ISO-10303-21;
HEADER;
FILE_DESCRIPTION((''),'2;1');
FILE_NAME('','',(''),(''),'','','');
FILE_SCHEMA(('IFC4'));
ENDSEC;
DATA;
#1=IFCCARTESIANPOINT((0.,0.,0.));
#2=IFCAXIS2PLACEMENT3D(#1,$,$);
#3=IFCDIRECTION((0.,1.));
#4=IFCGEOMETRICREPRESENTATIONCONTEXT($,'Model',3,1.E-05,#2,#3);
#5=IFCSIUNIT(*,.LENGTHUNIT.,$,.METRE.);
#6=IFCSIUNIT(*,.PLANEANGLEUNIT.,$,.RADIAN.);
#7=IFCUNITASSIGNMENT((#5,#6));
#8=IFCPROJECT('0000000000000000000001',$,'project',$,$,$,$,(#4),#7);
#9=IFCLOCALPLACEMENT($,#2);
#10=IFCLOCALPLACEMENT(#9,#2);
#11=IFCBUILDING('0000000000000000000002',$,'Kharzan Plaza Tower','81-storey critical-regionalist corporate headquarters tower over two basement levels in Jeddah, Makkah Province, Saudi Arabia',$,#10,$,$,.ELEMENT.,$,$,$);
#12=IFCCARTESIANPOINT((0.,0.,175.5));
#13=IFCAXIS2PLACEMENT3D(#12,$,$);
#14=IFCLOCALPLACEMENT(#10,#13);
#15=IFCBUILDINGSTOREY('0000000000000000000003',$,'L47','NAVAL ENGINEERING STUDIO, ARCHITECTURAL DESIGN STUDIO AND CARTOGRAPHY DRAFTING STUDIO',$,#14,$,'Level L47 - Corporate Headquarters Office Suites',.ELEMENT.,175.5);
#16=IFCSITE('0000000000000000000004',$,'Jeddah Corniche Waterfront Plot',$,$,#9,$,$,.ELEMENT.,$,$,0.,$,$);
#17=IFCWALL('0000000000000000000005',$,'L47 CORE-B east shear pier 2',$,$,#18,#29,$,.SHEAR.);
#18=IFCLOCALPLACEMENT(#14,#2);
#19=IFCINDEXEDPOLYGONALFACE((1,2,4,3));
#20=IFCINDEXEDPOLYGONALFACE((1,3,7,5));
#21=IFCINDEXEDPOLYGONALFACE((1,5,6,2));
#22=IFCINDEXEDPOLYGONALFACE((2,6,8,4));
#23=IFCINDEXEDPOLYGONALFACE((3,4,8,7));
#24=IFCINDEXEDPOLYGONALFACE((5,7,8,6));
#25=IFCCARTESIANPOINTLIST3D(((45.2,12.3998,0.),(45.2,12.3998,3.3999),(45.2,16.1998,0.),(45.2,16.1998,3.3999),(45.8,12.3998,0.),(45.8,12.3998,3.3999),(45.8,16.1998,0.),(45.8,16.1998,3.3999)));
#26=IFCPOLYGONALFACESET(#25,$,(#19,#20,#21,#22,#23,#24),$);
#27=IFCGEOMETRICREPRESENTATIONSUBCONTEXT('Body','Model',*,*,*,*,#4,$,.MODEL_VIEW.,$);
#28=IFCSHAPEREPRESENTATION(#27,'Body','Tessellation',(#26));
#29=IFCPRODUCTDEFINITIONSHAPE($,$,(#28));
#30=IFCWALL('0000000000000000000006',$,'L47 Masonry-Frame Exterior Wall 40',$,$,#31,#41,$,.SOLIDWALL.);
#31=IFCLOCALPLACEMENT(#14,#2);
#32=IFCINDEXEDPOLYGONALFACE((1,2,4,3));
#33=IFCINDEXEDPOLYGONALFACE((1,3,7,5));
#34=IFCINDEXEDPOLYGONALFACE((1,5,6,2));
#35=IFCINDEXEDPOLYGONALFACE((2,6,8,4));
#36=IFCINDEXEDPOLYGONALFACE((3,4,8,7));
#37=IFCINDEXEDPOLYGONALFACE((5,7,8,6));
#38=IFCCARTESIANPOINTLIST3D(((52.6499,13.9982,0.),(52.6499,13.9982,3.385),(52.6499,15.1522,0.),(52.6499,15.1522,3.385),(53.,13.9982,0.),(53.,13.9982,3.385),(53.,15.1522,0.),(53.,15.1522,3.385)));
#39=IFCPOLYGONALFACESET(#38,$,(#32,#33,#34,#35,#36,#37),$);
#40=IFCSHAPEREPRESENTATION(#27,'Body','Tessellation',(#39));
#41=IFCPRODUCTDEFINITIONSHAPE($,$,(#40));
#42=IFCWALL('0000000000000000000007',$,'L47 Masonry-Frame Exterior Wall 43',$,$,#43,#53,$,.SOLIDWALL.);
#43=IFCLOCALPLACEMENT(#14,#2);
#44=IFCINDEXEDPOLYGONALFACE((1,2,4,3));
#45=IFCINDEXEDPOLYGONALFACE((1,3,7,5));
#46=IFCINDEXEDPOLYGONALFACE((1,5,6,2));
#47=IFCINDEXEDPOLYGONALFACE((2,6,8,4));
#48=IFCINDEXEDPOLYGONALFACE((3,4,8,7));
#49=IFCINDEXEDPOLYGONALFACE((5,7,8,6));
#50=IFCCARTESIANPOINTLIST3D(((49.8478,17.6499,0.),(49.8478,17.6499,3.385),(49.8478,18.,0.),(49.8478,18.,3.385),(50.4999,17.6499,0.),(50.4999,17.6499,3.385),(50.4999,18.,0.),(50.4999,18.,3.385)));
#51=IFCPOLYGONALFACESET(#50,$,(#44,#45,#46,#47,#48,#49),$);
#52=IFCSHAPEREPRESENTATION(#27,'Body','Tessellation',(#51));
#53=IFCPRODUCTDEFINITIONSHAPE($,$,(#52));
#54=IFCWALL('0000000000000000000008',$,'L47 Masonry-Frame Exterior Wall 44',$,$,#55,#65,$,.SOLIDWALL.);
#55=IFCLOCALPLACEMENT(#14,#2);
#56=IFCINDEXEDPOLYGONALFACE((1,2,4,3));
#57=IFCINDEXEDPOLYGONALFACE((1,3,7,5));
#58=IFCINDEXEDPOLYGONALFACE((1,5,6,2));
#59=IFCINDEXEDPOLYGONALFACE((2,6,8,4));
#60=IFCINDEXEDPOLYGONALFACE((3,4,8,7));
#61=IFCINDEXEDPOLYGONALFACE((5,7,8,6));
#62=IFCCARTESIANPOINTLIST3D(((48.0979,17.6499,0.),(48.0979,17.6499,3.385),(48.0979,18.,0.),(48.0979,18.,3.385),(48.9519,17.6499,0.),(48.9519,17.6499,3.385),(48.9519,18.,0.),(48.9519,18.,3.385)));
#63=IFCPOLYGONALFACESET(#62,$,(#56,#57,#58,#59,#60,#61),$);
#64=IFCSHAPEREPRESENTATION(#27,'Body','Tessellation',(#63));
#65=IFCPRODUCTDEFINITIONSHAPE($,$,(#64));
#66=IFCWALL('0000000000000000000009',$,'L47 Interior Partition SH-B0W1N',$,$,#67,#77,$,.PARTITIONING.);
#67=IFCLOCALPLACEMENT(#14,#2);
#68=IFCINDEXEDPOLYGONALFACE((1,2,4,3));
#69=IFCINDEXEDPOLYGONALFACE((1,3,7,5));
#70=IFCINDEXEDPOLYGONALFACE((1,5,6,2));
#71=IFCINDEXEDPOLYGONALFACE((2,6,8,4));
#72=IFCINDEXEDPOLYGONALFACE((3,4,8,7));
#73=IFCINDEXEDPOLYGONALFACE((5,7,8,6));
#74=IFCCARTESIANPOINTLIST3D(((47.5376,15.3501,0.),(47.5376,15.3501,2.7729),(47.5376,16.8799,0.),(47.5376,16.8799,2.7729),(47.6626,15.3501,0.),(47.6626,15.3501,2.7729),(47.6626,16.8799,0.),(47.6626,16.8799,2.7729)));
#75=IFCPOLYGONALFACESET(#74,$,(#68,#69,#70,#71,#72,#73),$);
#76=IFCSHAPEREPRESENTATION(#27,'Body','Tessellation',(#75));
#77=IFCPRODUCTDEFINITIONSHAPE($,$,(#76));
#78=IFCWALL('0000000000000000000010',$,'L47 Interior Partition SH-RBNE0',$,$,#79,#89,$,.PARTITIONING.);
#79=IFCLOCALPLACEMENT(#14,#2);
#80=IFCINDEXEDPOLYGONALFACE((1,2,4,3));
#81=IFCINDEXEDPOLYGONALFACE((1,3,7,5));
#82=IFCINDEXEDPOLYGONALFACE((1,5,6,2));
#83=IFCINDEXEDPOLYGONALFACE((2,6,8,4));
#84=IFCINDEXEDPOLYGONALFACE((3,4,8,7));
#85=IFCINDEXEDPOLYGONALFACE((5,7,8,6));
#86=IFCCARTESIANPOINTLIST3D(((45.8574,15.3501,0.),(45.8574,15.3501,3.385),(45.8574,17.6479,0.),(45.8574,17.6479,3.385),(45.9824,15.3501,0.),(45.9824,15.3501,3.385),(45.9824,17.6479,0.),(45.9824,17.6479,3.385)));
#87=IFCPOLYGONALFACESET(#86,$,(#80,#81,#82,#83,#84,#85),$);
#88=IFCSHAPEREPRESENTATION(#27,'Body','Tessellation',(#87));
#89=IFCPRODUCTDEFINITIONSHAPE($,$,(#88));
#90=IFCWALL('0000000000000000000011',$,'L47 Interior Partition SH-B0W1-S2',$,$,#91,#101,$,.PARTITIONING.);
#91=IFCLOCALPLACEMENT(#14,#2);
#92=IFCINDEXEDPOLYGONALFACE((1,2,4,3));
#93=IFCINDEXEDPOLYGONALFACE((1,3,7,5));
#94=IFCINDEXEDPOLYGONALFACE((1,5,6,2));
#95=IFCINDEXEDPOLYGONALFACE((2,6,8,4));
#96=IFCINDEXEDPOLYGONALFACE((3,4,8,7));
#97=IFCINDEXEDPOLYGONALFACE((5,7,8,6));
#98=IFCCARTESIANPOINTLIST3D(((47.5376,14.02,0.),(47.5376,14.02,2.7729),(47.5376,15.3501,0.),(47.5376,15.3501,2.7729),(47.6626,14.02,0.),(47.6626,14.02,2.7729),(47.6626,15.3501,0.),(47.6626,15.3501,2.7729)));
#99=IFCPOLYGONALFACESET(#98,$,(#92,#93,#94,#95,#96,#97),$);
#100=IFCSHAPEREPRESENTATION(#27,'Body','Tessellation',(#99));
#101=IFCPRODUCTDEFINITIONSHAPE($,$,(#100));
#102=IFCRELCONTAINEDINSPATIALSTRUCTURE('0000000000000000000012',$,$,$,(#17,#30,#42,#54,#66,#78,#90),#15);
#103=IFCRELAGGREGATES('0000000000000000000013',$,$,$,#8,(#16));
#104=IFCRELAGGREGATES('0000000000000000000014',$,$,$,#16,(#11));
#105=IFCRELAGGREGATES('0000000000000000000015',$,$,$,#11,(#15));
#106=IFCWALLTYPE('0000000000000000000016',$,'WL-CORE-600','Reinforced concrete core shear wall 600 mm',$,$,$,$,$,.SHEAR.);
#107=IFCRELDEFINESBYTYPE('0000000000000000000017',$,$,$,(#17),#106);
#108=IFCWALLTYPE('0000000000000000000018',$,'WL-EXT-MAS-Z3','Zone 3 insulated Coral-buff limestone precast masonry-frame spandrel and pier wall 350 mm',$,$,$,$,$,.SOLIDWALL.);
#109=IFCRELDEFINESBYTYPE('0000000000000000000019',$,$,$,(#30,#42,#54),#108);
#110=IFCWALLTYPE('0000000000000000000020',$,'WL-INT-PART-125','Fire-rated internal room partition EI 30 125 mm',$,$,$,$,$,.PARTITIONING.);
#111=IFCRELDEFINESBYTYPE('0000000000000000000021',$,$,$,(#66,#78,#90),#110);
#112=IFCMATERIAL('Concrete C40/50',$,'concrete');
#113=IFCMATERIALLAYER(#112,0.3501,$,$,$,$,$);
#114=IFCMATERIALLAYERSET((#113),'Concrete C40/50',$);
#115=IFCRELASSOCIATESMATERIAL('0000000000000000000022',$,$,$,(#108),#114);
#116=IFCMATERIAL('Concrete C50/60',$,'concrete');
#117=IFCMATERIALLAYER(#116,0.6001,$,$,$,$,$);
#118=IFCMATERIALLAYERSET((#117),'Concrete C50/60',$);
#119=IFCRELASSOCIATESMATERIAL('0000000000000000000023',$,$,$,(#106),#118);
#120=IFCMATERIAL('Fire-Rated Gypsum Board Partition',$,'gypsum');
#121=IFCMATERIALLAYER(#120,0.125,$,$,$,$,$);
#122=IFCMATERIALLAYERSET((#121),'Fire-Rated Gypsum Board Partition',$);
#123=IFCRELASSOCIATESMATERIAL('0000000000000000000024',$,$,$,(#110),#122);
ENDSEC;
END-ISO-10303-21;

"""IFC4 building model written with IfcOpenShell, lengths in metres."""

from ifc_helpers import new_model, si_unit, direction, frame, frame_2d, origin, place, context, subcontext, project, spatial, rectangle, extrude, source, transform, mapped, material, layer, layer_set, type_object, element, save


model = new_model("IFC4")

# Units and contexts
model_context = context("Model", 3, precision=1e-05, world=origin(), true_north=direction((0.0, 1.0)))
body_context = subcontext(model_context, "Body", "Model", "MODEL_VIEW")
ifc_project = project(units=[si_unit("LENGTHUNIT", "METRE"), si_unit("PLANEANGLEUNIT", "RADIAN")], contexts=[model_context])

# Site, building, storey
site_placement = place(None, origin())
site = spatial("IfcSite", under=ifc_project, at=site_placement, Name="Jeddah Corniche Waterfront Plot", CompositionType="ELEMENT", RefElevation=0.0)
building_placement = place(site_placement, origin())
building = spatial("IfcBuilding", under=site, at=building_placement, Name="Kharzan Plaza Tower", Description="81-storey critical-regionalist corporate headquarters tower over two basement levels in Jeddah, Makkah Province, Saudi Arabia", CompositionType="ELEMENT")
storey_placement = place(building_placement, frame((0.0, 0.0, 175.5)))
storey = spatial("IfcBuildingStorey", under=building, at=storey_placement, Name="L47", Description="NAVAL ENGINEERING STUDIO, ARCHITECTURAL DESIGN STUDIO AND CARTOGRAPHY DRAFTING STUDIO", LongName="Level L47 - Corporate Headquarters Office Suites", CompositionType="ELEMENT", Elevation=175.5)

# Shared definitions
ifc_material_1 = material(Name="Concrete C50/60", Category="concrete")

# Shared definitions
ifc_material_2 = material(Name="Concrete C40/50", Category="concrete")
ifc_layer_1 = layer(ifc_material_2, 0.3501)
ifc_layer_set_1 = layer_set([ifc_layer_1], Name="Concrete C40/50")
wall_type_1 = type_object("IfcWallType", Name="WL-EXT-MAS-Z3", Description="Zone 3 insulated Coral-buff limestone precast masonry-frame spandrel and pier wall 350 mm", PredefinedType="SOLIDWALL", material=ifc_layer_set_1)

# Walls
ifc_layer_2 = layer(ifc_material_1, 0.6001)
ifc_layer_set_2 = layer_set([ifc_layer_2], Name="Concrete C50/60")
wall_type_2 = type_object("IfcWallType", Name="WL-CORE-600", Description="Reinforced concrete core shear wall 600 mm", PredefinedType="SHEAR", material=ifc_layer_set_2)
shared_shape_1 = source(origin(), body_context, "Body", "SweptSolid", [
    extrude(rectangle(XDim=3.8, YDim=0.6001, at=frame_2d((1.8999, 0.0))), origin(), (0.0, 0.0, 1.0), 3.3999),
])
wall_1_placement = place(storey_placement, frame((45.5, 12.3999, 0.0), z_axis=(0.0, 0.0, 1.0), x_axis=(0.0, 1.0, 0.0)))
element("IfcWall", 1, at=wall_1_placement, inside=storey, type_object=wall_type_2, Name="L47 CORE-B east shear pier 2", PredefinedType="SHEAR", context=body_context, shape_type="MappedRepresentation", body=[
    mapped(shared_shape_1, transform((0.0, 0.0, 0.0), x_axis=(1.0, 0.0, 0.0), y_axis=(0.0, 1.0, 0.0), z_axis=(0.0, 0.0, 1.0))),
])
shared_shape_2 = source(origin(), body_context, "Body", "SweptSolid", [
    extrude(rectangle(XDim=1.1541, YDim=0.3501, at=frame_2d((0.5771, 0.0))), origin(), (0.0, 0.0, 1.0), 3.385),
])
wall_2_placement = place(storey_placement, frame((52.825, 13.998, 0.0), z_axis=(0.0, 0.0, 1.0), x_axis=(0.0, 1.0, 0.0)))
element("IfcWall", 2, at=wall_2_placement, inside=storey, type_object=wall_type_1, Name="L47 Masonry-Frame Exterior Wall 40", PredefinedType="SOLIDWALL", context=body_context, shape_type="MappedRepresentation", body=[
    mapped(shared_shape_2, transform((0.0, 0.0, 0.0), x_axis=(1.0, 0.0, 0.0), y_axis=(0.0, 1.0, 0.0), z_axis=(0.0, 0.0, 1.0))),
])
shared_shape_3 = source(origin(), body_context, "Body", "SweptSolid", [
    extrude(rectangle(XDim=0.6521, YDim=0.3501, at=frame_2d((0.3262, 0.0))), origin(), (0.0, 0.0, 1.0), 3.385),
])
wall_3_placement = place(storey_placement, frame((50.5, 17.825, 0.0), z_axis=(0.0, 0.0, 1.0), x_axis=(-1.0, 0.0, 0.0)))
element("IfcWall", 3, at=wall_3_placement, inside=storey, type_object=wall_type_1, Name="L47 Masonry-Frame Exterior Wall 43", PredefinedType="SOLIDWALL", context=body_context, shape_type="MappedRepresentation", body=[
    mapped(shared_shape_3, transform((0.0, 0.0, 0.0), x_axis=(1.0, 0.0, 0.0), y_axis=(0.0, 1.0, 0.0), z_axis=(0.0, 0.0, 1.0))),
])
shared_shape_4 = source(origin(), body_context, "Body", "SweptSolid", [
    extrude(rectangle(XDim=0.854, YDim=0.3501, at=frame_2d((0.427, 0.0))), origin(), (0.0, 0.0, 1.0), 3.385),
])
wall_4_placement = place(storey_placement, frame((48.9519, 17.825, 0.0), z_axis=(0.0, 0.0, 1.0), x_axis=(-1.0, 0.0, 0.0)))
element("IfcWall", 4, at=wall_4_placement, inside=storey, type_object=wall_type_1, Name="L47 Masonry-Frame Exterior Wall 44", PredefinedType="SOLIDWALL", context=body_context, shape_type="MappedRepresentation", body=[
    mapped(shared_shape_4, transform((0.0, 0.0, 0.0), x_axis=(1.0, 0.0, 0.0), y_axis=(0.0, 1.0, 0.0), z_axis=(0.0, 0.0, 1.0))),
])
ifc_material_3 = material(Name="Fire-Rated Gypsum Board Partition", Category="gypsum")
ifc_layer_3 = layer(ifc_material_3, 0.125)
ifc_layer_set_3 = layer_set([ifc_layer_3], Name="Fire-Rated Gypsum Board Partition")
wall_type_3 = type_object("IfcWallType", Name="WL-INT-PART-125", Description="Fire-rated internal room partition EI 30 125 mm", PredefinedType="PARTITIONING", material=ifc_layer_set_3)
shared_shape_5 = source(origin(), body_context, "Body", "SweptSolid", [
    extrude(rectangle(XDim=1.5298, YDim=0.125, at=frame_2d((0.7649, 0.0))), origin(), (0.0, 0.0, 1.0), 2.7729),
])
wall_5_placement = place(storey_placement, frame((47.6001, 15.3501, 0.0), z_axis=(0.0, 0.0, 1.0), x_axis=(0.0, 1.0, 0.0)))
element("IfcWall", 5, at=wall_5_placement, inside=storey, type_object=wall_type_3, Name="L47 Interior Partition SH-B0W1N", PredefinedType="PARTITIONING", context=body_context, shape_type="MappedRepresentation", body=[
    mapped(shared_shape_5, transform((0.0, 0.0, 0.0), x_axis=(1.0, 0.0, 0.0), y_axis=(0.0, 1.0, 0.0), z_axis=(0.0, 0.0, 1.0))),
])
shared_shape_6 = source(origin(), body_context, "Body", "SweptSolid", [
    extrude(rectangle(XDim=2.2979, YDim=0.125, at=frame_2d((1.1489, 0.0))), origin(), (0.0, 0.0, 1.0), 3.385),
])
wall_6_placement = place(storey_placement, frame((45.9199, 15.3501, 0.0), z_axis=(0.0, 0.0, 1.0), x_axis=(0.0, 1.0, 0.0)))
element("IfcWall", 6, at=wall_6_placement, inside=storey, type_object=wall_type_3, Name="L47 Interior Partition SH-RBNE0", PredefinedType="PARTITIONING", context=body_context, shape_type="MappedRepresentation", body=[
    mapped(shared_shape_6, transform((0.0, 0.0, 0.0), x_axis=(1.0, 0.0, 0.0), y_axis=(0.0, 1.0, 0.0), z_axis=(0.0, 0.0, 1.0))),
])
shared_shape_7 = source(origin(), body_context, "Body", "SweptSolid", [
    extrude(rectangle(XDim=1.3301, YDim=0.125, at=frame_2d((0.665, 0.0))), origin(), (0.0, 0.0, 1.0), 2.7729),
])
wall_7_placement = place(storey_placement, frame((47.6001, 14.02, 0.0), z_axis=(0.0, 0.0, 1.0), x_axis=(0.0, 1.0, 0.0)))
element("IfcWall", 7, at=wall_7_placement, inside=storey, type_object=wall_type_3, Name="L47 Interior Partition SH-B0W1-S2", PredefinedType="PARTITIONING", context=body_context, shape_type="MappedRepresentation", body=[
    mapped(shared_shape_7, transform((0.0, 0.0, 0.0), x_axis=(1.0, 0.0, 0.0), y_axis=(0.0, 1.0, 0.0), z_axis=(0.0, 0.0, 1.0))),
])

save(model, "model.ifc")
